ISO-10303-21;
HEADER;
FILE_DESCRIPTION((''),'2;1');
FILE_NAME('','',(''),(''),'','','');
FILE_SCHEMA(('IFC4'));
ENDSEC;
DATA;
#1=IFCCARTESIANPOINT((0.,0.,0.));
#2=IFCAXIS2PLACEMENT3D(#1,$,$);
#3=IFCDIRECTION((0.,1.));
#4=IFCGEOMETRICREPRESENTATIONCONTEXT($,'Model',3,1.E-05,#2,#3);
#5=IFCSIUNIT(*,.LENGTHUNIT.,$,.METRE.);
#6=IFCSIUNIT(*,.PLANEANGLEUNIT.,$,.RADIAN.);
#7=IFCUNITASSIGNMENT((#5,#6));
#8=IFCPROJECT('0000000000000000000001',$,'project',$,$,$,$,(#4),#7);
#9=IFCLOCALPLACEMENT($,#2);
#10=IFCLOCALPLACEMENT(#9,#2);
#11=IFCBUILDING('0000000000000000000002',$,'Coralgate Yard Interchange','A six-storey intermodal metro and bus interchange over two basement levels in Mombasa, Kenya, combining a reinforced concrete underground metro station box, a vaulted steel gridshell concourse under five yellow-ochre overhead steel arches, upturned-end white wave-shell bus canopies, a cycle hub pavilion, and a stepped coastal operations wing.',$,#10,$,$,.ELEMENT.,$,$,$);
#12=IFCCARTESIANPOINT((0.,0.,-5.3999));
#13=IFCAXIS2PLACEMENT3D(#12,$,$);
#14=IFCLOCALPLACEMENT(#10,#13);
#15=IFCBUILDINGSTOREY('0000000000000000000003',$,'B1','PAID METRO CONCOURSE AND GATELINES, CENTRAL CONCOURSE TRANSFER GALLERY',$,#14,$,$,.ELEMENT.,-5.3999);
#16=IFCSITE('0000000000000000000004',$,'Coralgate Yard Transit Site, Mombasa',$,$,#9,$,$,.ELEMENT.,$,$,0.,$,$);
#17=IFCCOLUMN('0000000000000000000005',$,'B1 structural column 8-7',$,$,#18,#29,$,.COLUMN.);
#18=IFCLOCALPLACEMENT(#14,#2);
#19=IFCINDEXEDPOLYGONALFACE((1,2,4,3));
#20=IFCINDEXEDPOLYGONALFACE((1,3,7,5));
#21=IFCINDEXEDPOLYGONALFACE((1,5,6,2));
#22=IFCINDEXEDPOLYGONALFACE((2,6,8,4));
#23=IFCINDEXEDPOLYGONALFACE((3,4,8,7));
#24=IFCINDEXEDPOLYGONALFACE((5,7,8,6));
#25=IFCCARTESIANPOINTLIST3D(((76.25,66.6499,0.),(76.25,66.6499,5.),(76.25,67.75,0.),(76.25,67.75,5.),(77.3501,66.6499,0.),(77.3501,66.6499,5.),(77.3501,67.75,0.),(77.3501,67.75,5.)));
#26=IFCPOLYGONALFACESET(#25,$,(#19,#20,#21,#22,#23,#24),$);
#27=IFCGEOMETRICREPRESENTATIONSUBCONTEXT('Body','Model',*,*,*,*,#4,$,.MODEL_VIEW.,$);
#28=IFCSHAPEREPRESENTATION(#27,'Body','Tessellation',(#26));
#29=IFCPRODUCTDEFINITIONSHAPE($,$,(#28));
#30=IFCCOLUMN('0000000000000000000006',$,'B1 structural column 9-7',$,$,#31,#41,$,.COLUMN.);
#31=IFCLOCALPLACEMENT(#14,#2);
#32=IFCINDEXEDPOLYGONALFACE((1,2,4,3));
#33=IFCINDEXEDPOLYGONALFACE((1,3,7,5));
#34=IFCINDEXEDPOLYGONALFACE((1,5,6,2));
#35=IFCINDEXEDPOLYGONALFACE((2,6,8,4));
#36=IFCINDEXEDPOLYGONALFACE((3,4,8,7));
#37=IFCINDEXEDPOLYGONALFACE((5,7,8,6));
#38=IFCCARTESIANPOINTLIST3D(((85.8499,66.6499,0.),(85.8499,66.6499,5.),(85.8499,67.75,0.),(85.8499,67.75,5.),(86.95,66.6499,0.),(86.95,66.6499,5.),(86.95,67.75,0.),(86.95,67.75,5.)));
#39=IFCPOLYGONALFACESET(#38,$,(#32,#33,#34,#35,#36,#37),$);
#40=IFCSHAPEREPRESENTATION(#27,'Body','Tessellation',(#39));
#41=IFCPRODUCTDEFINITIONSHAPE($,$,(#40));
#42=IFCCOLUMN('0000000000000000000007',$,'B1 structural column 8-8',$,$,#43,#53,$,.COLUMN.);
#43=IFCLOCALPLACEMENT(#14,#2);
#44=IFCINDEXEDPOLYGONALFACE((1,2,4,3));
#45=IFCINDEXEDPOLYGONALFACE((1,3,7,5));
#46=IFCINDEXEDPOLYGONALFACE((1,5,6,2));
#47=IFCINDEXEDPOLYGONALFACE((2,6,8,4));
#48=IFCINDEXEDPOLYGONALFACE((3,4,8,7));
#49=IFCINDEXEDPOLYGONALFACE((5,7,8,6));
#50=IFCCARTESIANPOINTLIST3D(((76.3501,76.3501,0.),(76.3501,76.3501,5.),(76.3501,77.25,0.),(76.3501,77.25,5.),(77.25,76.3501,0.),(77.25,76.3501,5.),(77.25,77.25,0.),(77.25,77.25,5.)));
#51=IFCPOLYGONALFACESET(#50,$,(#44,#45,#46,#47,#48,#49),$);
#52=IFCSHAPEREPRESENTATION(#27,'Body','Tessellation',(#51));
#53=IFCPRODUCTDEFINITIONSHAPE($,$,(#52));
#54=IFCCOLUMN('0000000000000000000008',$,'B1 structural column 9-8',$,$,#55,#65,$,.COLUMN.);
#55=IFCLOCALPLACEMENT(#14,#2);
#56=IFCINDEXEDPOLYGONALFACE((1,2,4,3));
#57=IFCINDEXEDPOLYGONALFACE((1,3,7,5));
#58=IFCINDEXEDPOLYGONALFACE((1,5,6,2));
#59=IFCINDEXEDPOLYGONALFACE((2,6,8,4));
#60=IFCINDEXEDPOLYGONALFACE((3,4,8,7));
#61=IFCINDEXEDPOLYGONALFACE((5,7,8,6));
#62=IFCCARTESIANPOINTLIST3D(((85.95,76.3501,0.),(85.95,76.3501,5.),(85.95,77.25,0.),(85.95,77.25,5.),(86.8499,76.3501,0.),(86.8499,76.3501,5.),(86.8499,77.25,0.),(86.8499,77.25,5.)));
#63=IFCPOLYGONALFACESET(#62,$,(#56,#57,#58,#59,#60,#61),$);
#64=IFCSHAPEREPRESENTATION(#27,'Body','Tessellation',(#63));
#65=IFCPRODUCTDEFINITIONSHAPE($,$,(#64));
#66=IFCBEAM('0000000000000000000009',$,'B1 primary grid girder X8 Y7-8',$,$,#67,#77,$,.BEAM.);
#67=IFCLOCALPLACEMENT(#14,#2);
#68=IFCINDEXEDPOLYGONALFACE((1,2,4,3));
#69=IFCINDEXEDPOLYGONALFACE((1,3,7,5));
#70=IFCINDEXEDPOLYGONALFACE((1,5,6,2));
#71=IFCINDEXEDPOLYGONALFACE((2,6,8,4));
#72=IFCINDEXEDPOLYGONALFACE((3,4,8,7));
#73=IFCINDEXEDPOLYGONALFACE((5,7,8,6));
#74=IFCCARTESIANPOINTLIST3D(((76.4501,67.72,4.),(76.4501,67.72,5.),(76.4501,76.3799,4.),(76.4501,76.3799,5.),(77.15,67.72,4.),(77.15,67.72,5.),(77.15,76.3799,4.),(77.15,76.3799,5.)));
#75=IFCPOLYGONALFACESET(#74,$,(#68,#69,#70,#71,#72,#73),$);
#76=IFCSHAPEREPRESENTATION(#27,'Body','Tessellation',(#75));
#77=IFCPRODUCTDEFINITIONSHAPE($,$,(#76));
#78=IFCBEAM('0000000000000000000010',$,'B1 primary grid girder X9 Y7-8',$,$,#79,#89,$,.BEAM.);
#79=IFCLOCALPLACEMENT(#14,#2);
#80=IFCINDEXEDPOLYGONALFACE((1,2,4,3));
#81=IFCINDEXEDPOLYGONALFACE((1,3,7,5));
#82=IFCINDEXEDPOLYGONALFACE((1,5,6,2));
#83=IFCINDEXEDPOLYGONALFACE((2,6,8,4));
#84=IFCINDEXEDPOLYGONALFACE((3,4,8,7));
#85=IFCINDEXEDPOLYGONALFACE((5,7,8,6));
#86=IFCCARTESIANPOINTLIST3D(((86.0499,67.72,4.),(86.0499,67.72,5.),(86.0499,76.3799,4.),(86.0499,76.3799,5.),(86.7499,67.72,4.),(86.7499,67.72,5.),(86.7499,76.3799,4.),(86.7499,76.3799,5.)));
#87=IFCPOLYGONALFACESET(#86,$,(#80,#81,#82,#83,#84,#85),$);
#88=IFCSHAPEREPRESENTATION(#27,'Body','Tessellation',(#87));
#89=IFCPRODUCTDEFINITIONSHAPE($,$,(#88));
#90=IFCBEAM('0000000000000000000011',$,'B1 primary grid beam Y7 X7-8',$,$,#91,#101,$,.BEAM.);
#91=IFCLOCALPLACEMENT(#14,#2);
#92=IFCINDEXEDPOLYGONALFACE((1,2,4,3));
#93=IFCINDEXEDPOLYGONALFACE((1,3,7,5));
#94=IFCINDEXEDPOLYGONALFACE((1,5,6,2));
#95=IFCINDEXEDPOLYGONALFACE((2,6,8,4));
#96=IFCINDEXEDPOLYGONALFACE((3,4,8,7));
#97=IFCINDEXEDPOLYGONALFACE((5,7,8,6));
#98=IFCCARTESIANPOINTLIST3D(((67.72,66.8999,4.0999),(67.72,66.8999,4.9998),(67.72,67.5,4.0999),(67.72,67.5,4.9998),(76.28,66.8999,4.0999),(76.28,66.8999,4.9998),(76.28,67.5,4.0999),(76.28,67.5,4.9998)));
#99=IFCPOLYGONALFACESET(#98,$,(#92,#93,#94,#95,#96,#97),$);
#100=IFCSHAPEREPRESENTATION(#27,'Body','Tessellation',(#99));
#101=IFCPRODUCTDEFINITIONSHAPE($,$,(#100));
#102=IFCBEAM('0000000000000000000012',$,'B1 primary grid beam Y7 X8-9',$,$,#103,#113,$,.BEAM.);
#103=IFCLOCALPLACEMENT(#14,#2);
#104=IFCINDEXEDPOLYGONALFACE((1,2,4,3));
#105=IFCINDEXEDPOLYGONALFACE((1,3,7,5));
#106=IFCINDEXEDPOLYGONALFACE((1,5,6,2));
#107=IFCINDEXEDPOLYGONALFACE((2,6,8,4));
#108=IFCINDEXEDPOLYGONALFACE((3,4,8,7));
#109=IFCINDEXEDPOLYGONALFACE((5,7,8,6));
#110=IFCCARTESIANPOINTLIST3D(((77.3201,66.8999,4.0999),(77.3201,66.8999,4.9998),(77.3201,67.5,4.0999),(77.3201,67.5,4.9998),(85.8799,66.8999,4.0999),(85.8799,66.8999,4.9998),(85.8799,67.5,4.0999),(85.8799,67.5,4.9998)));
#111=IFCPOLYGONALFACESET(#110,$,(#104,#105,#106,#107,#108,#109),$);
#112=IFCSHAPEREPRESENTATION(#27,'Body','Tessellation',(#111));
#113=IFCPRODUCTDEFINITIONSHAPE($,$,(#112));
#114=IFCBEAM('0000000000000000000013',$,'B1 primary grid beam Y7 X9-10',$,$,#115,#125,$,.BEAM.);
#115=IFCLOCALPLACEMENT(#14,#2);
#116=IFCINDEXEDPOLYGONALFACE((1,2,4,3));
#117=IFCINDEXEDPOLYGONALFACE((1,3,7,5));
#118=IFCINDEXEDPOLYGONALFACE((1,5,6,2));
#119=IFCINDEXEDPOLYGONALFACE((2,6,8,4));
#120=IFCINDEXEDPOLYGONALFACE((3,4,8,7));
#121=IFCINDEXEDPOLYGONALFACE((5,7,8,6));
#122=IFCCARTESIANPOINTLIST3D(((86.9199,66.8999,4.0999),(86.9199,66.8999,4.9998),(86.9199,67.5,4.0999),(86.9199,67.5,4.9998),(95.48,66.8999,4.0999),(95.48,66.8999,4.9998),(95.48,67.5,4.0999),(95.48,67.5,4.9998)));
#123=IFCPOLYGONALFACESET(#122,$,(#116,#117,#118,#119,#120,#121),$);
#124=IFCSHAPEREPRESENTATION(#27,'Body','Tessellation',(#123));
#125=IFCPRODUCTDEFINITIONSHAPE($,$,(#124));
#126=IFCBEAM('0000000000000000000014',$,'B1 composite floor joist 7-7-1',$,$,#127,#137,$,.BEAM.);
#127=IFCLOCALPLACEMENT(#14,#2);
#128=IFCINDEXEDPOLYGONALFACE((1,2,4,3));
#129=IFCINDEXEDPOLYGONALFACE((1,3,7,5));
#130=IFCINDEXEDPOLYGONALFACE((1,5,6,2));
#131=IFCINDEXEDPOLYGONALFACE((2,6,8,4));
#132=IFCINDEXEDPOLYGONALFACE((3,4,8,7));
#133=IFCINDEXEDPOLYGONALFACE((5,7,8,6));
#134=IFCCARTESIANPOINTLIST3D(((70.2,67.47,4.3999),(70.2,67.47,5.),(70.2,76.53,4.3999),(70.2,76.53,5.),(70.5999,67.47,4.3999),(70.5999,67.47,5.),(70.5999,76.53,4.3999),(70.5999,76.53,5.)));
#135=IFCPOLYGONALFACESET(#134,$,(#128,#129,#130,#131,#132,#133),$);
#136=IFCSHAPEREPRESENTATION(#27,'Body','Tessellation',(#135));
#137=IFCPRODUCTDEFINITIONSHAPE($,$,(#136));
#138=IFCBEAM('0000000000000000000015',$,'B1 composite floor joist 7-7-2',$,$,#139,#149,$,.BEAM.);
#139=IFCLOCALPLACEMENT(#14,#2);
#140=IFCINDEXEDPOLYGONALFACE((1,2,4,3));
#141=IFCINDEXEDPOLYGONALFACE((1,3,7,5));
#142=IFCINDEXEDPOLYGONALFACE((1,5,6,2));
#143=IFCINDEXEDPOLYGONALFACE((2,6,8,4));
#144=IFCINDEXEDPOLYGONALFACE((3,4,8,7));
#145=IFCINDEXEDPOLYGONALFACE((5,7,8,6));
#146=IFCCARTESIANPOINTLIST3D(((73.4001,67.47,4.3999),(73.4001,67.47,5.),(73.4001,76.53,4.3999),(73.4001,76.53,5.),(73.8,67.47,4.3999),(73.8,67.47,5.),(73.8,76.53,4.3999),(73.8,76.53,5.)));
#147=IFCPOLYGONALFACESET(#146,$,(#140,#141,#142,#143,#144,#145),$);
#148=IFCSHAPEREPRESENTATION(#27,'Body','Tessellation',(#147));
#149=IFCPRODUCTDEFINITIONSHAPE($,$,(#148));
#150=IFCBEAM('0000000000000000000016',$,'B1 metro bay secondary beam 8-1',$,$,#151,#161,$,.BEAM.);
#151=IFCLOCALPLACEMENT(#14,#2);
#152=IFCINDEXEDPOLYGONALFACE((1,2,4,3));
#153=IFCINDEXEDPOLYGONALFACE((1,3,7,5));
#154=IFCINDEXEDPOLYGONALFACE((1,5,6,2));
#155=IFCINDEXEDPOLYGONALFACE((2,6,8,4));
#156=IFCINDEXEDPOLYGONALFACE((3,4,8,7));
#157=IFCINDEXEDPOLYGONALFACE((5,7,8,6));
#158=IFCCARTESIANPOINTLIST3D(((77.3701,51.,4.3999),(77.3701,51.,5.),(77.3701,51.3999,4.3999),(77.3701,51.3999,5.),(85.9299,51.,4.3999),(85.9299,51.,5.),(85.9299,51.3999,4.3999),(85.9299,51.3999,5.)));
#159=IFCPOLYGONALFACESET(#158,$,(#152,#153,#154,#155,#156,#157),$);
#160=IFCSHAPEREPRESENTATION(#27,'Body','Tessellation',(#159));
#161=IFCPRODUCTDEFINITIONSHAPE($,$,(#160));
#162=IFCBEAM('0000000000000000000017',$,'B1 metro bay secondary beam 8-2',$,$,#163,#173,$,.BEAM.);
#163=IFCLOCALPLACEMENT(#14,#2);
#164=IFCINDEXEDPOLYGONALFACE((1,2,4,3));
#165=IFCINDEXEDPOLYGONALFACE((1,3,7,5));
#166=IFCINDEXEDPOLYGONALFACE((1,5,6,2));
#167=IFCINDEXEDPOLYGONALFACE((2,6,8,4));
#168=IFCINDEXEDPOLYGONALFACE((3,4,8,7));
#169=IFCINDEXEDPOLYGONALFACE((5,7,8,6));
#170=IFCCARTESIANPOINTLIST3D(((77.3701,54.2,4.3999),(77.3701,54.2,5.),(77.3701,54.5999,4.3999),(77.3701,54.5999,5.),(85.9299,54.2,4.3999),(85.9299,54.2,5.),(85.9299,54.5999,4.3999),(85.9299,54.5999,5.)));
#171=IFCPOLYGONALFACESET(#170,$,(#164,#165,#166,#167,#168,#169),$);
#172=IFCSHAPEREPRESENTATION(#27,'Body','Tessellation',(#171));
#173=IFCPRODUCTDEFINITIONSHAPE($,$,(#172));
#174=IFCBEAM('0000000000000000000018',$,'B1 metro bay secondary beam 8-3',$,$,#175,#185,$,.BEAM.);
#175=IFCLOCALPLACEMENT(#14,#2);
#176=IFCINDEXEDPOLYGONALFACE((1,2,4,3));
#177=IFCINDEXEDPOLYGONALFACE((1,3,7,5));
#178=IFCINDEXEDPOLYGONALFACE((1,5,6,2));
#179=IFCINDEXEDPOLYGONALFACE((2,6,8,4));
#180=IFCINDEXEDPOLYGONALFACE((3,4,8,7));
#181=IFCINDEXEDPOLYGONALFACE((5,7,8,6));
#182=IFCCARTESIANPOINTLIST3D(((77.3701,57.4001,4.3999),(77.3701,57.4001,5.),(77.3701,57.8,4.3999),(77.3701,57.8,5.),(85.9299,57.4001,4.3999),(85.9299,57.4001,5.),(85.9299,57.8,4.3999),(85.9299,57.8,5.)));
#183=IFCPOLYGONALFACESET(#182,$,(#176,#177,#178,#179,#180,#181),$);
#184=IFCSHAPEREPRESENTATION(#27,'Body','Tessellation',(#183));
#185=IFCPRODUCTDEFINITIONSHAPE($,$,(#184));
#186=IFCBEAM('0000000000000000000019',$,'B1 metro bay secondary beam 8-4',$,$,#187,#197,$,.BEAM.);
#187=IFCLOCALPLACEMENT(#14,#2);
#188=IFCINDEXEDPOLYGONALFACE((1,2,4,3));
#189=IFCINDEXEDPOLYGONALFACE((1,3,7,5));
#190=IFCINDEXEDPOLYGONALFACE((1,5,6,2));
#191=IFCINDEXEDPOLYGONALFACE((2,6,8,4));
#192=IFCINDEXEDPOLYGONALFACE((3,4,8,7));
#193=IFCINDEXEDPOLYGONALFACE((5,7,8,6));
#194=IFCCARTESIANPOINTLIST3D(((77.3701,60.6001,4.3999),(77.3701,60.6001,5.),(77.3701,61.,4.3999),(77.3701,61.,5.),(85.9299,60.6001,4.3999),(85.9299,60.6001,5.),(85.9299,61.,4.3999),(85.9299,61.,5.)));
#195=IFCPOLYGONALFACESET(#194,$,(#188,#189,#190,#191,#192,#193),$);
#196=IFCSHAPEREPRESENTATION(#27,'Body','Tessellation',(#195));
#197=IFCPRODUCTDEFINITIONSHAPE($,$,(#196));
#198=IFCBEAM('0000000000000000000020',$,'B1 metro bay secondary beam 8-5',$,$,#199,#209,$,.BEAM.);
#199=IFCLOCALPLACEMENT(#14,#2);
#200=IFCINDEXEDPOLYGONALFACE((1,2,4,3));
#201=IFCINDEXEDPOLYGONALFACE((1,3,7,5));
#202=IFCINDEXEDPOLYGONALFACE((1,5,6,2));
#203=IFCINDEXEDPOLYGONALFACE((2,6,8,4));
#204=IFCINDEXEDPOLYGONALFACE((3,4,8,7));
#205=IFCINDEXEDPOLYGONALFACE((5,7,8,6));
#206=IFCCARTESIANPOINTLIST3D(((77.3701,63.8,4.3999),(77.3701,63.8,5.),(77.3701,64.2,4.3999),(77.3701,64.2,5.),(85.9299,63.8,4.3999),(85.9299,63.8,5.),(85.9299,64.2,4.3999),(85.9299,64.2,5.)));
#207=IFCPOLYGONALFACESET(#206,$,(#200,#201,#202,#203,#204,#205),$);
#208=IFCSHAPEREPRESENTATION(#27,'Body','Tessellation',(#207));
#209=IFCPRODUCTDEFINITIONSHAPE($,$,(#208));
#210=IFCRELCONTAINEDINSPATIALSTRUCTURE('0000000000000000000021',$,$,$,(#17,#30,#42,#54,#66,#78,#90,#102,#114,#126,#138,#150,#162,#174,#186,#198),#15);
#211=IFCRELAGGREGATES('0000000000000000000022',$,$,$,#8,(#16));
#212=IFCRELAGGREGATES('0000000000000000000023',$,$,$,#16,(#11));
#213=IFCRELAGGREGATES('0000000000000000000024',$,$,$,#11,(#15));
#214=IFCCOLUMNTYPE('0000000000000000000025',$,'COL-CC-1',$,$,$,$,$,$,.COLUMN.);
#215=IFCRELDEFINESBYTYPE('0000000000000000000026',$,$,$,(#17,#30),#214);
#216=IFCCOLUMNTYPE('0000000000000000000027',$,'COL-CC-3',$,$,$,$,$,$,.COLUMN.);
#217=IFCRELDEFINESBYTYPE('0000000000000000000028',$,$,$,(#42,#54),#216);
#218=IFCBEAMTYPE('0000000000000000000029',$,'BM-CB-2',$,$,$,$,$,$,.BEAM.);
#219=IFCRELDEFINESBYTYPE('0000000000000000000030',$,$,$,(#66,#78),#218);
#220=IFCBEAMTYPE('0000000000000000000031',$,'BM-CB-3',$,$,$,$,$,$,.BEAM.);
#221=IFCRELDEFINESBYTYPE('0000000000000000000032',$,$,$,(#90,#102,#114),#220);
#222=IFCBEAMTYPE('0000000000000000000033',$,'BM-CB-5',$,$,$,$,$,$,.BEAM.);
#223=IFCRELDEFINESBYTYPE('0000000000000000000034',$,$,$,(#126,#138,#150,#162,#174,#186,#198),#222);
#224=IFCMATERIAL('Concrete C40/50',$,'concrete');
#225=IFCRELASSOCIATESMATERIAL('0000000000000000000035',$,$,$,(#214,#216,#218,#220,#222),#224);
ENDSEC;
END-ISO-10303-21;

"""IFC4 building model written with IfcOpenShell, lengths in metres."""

from ifc_helpers import new_model, si_unit, direction, frame, origin, origin_2d, place, context, subcontext, project, spatial, rectangle, extrude, material, material_profile, profile_set, type_object, element, save


model = new_model("IFC4")

# Units and contexts
model_context = context("Model", 3, precision=1e-05, world=origin(), true_north=direction((0.0, 1.0)))
body_context = subcontext(model_context, "Body", "Model", "MODEL_VIEW")
ifc_project = project(units=[si_unit("LENGTHUNIT", "METRE"), si_unit("PLANEANGLEUNIT", "RADIAN")], contexts=[model_context])

# Site, building, storey
site_placement = place(None, origin())
site = spatial("IfcSite", under=ifc_project, at=site_placement, Name="Coralgate Yard Transit Site, Mombasa", CompositionType="ELEMENT", RefElevation=0.0)
building_placement = place(site_placement, origin())
building = spatial("IfcBuilding", under=site, at=building_placement, Name="Coralgate Yard Interchange", Description="A six-storey intermodal metro and bus interchange over two basement levels in Mombasa, Kenya, combining a reinforced concrete underground metro station box, a vaulted steel gridshell concourse under five yellow-ochre overhead steel arches, upturned-end white wave-shell bus canopies, a cycle hub pavilion, and a stepped coastal operations wing.", CompositionType="ELEMENT")
storey_placement = place(building_placement, frame((0.0, 0.0, -5.3999)))
storey = spatial("IfcBuildingStorey", under=building, at=storey_placement, Name="B1", Description="PAID METRO CONCOURSE AND GATELINES, CENTRAL CONCOURSE TRANSFER GALLERY", CompositionType="ELEMENT", Elevation=-5.3999)

# Columns
ifc_material_1 = material(Name="Concrete C40/50", Category="concrete")
ifc_material_profile_1 = material_profile(ifc_material_1, rectangle(XDim=1.1001, YDim=1.1001, at=origin_2d()), Name="RC 1100x1100")
ifc_profile_set_1 = profile_set([ifc_material_profile_1], Name="Concrete C40/50")
column_type_1 = type_object("IfcColumnType", Name="COL-CC-1", PredefinedType="COLUMN", material=ifc_profile_set_1)
for number, where, z_axis, x_axis, name in (
    (1, (76.8, 67.2, 0.0), (0.0, 0.0, 1.0), (1.0, 0.0, 0.0), "B1 structural column 8-7"),
    (2, (86.3999, 67.2, 0.0), (0.0, 0.0, 1.0), (1.0, 0.0, 0.0), "B1 structural column 9-7"),
):
    element("IfcColumn", number, at=place(storey_placement, frame(where, z_axis=z_axis, x_axis=x_axis)), inside=storey, type_object=column_type_1, Name=name, PredefinedType="COLUMN", context=body_context, shape_type="SweptSolid", body=[
        extrude(rectangle(XDim=1.1001, YDim=1.1001, at=origin_2d()), origin(), (0.0, 0.0, 1.0), 5.0),
    ])
ifc_material_profile_2 = material_profile(ifc_material_1, rectangle(XDim=0.8999, YDim=0.8999, at=origin_2d()), Name="RC 900x900")
ifc_profile_set_2 = profile_set([ifc_material_profile_2], Name="Concrete C40/50")
column_type_2 = type_object("IfcColumnType", Name="COL-CC-3", PredefinedType="COLUMN", material=ifc_profile_set_2)
for number, where, z_axis, x_axis, name in (
    (3, (76.8, 76.8, 0.0), (0.0, 0.0, 1.0), (1.0, 0.0, 0.0), "B1 structural column 8-8"),
    (4, (86.3999, 76.8, 0.0), (0.0, 0.0, 1.0), (1.0, 0.0, 0.0), "B1 structural column 9-8"),
):
    element("IfcColumn", number, at=place(storey_placement, frame(where, z_axis=z_axis, x_axis=x_axis)), inside=storey, type_object=column_type_2, Name=name, PredefinedType="COLUMN", context=body_context, shape_type="SweptSolid", body=[
        extrude(rectangle(XDim=0.8999, YDim=0.8999, at=origin_2d()), origin(), (0.0, 0.0, 1.0), 5.0),
    ])

# Beams
ifc_material_profile_3 = material_profile(ifc_material_1, rectangle(XDim=0.7, YDim=1.0, at=origin_2d()), Name="RC 700x1000")
ifc_profile_set_3 = profile_set([ifc_material_profile_3], Name="Concrete C40/50")
beam_type_1 = type_object("IfcBeamType", Name="BM-CB-2", PredefinedType="BEAM", material=ifc_profile_set_3)
for number, where, z_axis, x_axis, name in (
    (5, (76.8, 67.72, 4.5), (0.0, 1.0, 0.0), (-1.0, 0.0, 0.0), "B1 primary grid girder X8 Y7-8"),
    (6, (86.3999, 67.72, 4.5), (0.0, 1.0, 0.0), (-1.0, 0.0, 0.0), "B1 primary grid girder X9 Y7-8"),
):
    element("IfcBeam", number, at=place(storey_placement, frame(where, z_axis=z_axis, x_axis=x_axis)), inside=storey, type_object=beam_type_1, Name=name, PredefinedType="BEAM", context=body_context, shape_type="SweptSolid", body=[
        extrude(rectangle(XDim=0.7, YDim=1.0, at=origin_2d()), origin(), (0.0, 0.0, 1.0), 8.6599),
    ])
ifc_material_profile_4 = material_profile(ifc_material_1, rectangle(XDim=0.6001, YDim=0.8999, at=origin_2d()), Name="RC 600x900")
ifc_profile_set_4 = profile_set([ifc_material_profile_4], Name="Concrete C40/50")
beam_type_2 = type_object("IfcBeamType", Name="BM-CB-3", PredefinedType="BEAM", material=ifc_profile_set_4)
beam_1_placement = place(storey_placement, frame((67.72, 67.2, 4.5498), z_axis=(1.0, 0.0, 0.0), x_axis=(0.0, 1.0, 0.0)))
element("IfcBeam", 7, at=beam_1_placement, inside=storey, type_object=beam_type_2, Name="B1 primary grid beam Y7 X7-8", PredefinedType="BEAM", context=body_context, shape_type="SweptSolid", body=[
    extrude(rectangle(XDim=0.6001, YDim=0.8999, at=origin_2d()), origin(), (0.0, 0.0, 1.0), 8.5601),
])
beam_2_placement = place(storey_placement, frame((77.3201, 67.2, 4.5498), z_axis=(1.0, 0.0, 0.0), x_axis=(0.0, 1.0, 0.0)))
element("IfcBeam", 8, at=beam_2_placement, inside=storey, type_object=beam_type_2, Name="B1 primary grid beam Y7 X8-9", PredefinedType="BEAM", context=body_context, shape_type="SweptSolid", body=[
    extrude(rectangle(XDim=0.6001, YDim=0.8999, at=origin_2d()), origin(), (0.0, 0.0, 1.0), 8.5598),
])
beam_3_placement = place(storey_placement, frame((86.9199, 67.2, 4.5498), z_axis=(1.0, 0.0, 0.0), x_axis=(0.0, 1.0, 0.0)))
element("IfcBeam", 9, at=beam_3_placement, inside=storey, type_object=beam_type_2, Name="B1 primary grid beam Y7 X9-10", PredefinedType="BEAM", context=body_context, shape_type="SweptSolid", body=[
    extrude(rectangle(XDim=0.6001, YDim=0.8999, at=origin_2d()), origin(), (0.0, 0.0, 1.0), 8.5601),
])
ifc_material_profile_5 = material_profile(ifc_material_1, rectangle(XDim=0.3999, YDim=0.6001, at=origin_2d()), Name="RC 400x600")
ifc_profile_set_5 = profile_set([ifc_material_profile_5], Name="Concrete C40/50")
beam_type_3 = type_object("IfcBeamType", Name="BM-CB-5", PredefinedType="BEAM", material=ifc_profile_set_5)
for number, where, z_axis, x_axis, name in (
    (10, (70.3999, 67.47, 4.7), (0.0, 1.0, 0.0), (-1.0, 0.0, 0.0), "B1 composite floor joist 7-7-1"),
    (11, (73.6001, 67.47, 4.7), (0.0, 1.0, 0.0), (-1.0, 0.0, 0.0), "B1 composite floor joist 7-7-2"),
):
    element("IfcBeam", number, at=place(storey_placement, frame(where, z_axis=z_axis, x_axis=x_axis)), inside=storey, type_object=beam_type_3, Name=name, PredefinedType="BEAM", context=body_context, shape_type="SweptSolid", body=[
        extrude(rectangle(XDim=0.3999, YDim=0.6001, at=origin_2d()), origin(), (0.0, 0.0, 1.0), 9.0601),
    ])
for number, where, z_axis, x_axis, name in (
    (12, (77.3701, 51.2, 4.7), (1.0, 0.0, 0.0), (0.0, 1.0, 0.0), "B1 metro bay secondary beam 8-1"),
    (13, (77.3701, 54.3999, 4.7), (1.0, 0.0, 0.0), (0.0, 1.0, 0.0), "B1 metro bay secondary beam 8-2"),
    (14, (77.3701, 57.6001, 4.7), (1.0, 0.0, 0.0), (0.0, 1.0, 0.0), "B1 metro bay secondary beam 8-3"),
    (15, (77.3701, 60.8, 4.7), (1.0, 0.0, 0.0), (0.0, 1.0, 0.0), "B1 metro bay secondary beam 8-4"),
    (16, (77.3701, 64.0, 4.7), (1.0, 0.0, 0.0), (0.0, 1.0, 0.0), "B1 metro bay secondary beam 8-5"),
):
    element("IfcBeam", number, at=place(storey_placement, frame(where, z_axis=z_axis, x_axis=x_axis)), inside=storey, type_object=beam_type_3, Name=name, PredefinedType="BEAM", context=body_context, shape_type="SweptSolid", body=[
        extrude(rectangle(XDim=0.3999, YDim=0.6001, at=origin_2d()), origin(), (0.0, 0.0, 1.0), 8.5598),
    ])

save(model, "model.ifc")
